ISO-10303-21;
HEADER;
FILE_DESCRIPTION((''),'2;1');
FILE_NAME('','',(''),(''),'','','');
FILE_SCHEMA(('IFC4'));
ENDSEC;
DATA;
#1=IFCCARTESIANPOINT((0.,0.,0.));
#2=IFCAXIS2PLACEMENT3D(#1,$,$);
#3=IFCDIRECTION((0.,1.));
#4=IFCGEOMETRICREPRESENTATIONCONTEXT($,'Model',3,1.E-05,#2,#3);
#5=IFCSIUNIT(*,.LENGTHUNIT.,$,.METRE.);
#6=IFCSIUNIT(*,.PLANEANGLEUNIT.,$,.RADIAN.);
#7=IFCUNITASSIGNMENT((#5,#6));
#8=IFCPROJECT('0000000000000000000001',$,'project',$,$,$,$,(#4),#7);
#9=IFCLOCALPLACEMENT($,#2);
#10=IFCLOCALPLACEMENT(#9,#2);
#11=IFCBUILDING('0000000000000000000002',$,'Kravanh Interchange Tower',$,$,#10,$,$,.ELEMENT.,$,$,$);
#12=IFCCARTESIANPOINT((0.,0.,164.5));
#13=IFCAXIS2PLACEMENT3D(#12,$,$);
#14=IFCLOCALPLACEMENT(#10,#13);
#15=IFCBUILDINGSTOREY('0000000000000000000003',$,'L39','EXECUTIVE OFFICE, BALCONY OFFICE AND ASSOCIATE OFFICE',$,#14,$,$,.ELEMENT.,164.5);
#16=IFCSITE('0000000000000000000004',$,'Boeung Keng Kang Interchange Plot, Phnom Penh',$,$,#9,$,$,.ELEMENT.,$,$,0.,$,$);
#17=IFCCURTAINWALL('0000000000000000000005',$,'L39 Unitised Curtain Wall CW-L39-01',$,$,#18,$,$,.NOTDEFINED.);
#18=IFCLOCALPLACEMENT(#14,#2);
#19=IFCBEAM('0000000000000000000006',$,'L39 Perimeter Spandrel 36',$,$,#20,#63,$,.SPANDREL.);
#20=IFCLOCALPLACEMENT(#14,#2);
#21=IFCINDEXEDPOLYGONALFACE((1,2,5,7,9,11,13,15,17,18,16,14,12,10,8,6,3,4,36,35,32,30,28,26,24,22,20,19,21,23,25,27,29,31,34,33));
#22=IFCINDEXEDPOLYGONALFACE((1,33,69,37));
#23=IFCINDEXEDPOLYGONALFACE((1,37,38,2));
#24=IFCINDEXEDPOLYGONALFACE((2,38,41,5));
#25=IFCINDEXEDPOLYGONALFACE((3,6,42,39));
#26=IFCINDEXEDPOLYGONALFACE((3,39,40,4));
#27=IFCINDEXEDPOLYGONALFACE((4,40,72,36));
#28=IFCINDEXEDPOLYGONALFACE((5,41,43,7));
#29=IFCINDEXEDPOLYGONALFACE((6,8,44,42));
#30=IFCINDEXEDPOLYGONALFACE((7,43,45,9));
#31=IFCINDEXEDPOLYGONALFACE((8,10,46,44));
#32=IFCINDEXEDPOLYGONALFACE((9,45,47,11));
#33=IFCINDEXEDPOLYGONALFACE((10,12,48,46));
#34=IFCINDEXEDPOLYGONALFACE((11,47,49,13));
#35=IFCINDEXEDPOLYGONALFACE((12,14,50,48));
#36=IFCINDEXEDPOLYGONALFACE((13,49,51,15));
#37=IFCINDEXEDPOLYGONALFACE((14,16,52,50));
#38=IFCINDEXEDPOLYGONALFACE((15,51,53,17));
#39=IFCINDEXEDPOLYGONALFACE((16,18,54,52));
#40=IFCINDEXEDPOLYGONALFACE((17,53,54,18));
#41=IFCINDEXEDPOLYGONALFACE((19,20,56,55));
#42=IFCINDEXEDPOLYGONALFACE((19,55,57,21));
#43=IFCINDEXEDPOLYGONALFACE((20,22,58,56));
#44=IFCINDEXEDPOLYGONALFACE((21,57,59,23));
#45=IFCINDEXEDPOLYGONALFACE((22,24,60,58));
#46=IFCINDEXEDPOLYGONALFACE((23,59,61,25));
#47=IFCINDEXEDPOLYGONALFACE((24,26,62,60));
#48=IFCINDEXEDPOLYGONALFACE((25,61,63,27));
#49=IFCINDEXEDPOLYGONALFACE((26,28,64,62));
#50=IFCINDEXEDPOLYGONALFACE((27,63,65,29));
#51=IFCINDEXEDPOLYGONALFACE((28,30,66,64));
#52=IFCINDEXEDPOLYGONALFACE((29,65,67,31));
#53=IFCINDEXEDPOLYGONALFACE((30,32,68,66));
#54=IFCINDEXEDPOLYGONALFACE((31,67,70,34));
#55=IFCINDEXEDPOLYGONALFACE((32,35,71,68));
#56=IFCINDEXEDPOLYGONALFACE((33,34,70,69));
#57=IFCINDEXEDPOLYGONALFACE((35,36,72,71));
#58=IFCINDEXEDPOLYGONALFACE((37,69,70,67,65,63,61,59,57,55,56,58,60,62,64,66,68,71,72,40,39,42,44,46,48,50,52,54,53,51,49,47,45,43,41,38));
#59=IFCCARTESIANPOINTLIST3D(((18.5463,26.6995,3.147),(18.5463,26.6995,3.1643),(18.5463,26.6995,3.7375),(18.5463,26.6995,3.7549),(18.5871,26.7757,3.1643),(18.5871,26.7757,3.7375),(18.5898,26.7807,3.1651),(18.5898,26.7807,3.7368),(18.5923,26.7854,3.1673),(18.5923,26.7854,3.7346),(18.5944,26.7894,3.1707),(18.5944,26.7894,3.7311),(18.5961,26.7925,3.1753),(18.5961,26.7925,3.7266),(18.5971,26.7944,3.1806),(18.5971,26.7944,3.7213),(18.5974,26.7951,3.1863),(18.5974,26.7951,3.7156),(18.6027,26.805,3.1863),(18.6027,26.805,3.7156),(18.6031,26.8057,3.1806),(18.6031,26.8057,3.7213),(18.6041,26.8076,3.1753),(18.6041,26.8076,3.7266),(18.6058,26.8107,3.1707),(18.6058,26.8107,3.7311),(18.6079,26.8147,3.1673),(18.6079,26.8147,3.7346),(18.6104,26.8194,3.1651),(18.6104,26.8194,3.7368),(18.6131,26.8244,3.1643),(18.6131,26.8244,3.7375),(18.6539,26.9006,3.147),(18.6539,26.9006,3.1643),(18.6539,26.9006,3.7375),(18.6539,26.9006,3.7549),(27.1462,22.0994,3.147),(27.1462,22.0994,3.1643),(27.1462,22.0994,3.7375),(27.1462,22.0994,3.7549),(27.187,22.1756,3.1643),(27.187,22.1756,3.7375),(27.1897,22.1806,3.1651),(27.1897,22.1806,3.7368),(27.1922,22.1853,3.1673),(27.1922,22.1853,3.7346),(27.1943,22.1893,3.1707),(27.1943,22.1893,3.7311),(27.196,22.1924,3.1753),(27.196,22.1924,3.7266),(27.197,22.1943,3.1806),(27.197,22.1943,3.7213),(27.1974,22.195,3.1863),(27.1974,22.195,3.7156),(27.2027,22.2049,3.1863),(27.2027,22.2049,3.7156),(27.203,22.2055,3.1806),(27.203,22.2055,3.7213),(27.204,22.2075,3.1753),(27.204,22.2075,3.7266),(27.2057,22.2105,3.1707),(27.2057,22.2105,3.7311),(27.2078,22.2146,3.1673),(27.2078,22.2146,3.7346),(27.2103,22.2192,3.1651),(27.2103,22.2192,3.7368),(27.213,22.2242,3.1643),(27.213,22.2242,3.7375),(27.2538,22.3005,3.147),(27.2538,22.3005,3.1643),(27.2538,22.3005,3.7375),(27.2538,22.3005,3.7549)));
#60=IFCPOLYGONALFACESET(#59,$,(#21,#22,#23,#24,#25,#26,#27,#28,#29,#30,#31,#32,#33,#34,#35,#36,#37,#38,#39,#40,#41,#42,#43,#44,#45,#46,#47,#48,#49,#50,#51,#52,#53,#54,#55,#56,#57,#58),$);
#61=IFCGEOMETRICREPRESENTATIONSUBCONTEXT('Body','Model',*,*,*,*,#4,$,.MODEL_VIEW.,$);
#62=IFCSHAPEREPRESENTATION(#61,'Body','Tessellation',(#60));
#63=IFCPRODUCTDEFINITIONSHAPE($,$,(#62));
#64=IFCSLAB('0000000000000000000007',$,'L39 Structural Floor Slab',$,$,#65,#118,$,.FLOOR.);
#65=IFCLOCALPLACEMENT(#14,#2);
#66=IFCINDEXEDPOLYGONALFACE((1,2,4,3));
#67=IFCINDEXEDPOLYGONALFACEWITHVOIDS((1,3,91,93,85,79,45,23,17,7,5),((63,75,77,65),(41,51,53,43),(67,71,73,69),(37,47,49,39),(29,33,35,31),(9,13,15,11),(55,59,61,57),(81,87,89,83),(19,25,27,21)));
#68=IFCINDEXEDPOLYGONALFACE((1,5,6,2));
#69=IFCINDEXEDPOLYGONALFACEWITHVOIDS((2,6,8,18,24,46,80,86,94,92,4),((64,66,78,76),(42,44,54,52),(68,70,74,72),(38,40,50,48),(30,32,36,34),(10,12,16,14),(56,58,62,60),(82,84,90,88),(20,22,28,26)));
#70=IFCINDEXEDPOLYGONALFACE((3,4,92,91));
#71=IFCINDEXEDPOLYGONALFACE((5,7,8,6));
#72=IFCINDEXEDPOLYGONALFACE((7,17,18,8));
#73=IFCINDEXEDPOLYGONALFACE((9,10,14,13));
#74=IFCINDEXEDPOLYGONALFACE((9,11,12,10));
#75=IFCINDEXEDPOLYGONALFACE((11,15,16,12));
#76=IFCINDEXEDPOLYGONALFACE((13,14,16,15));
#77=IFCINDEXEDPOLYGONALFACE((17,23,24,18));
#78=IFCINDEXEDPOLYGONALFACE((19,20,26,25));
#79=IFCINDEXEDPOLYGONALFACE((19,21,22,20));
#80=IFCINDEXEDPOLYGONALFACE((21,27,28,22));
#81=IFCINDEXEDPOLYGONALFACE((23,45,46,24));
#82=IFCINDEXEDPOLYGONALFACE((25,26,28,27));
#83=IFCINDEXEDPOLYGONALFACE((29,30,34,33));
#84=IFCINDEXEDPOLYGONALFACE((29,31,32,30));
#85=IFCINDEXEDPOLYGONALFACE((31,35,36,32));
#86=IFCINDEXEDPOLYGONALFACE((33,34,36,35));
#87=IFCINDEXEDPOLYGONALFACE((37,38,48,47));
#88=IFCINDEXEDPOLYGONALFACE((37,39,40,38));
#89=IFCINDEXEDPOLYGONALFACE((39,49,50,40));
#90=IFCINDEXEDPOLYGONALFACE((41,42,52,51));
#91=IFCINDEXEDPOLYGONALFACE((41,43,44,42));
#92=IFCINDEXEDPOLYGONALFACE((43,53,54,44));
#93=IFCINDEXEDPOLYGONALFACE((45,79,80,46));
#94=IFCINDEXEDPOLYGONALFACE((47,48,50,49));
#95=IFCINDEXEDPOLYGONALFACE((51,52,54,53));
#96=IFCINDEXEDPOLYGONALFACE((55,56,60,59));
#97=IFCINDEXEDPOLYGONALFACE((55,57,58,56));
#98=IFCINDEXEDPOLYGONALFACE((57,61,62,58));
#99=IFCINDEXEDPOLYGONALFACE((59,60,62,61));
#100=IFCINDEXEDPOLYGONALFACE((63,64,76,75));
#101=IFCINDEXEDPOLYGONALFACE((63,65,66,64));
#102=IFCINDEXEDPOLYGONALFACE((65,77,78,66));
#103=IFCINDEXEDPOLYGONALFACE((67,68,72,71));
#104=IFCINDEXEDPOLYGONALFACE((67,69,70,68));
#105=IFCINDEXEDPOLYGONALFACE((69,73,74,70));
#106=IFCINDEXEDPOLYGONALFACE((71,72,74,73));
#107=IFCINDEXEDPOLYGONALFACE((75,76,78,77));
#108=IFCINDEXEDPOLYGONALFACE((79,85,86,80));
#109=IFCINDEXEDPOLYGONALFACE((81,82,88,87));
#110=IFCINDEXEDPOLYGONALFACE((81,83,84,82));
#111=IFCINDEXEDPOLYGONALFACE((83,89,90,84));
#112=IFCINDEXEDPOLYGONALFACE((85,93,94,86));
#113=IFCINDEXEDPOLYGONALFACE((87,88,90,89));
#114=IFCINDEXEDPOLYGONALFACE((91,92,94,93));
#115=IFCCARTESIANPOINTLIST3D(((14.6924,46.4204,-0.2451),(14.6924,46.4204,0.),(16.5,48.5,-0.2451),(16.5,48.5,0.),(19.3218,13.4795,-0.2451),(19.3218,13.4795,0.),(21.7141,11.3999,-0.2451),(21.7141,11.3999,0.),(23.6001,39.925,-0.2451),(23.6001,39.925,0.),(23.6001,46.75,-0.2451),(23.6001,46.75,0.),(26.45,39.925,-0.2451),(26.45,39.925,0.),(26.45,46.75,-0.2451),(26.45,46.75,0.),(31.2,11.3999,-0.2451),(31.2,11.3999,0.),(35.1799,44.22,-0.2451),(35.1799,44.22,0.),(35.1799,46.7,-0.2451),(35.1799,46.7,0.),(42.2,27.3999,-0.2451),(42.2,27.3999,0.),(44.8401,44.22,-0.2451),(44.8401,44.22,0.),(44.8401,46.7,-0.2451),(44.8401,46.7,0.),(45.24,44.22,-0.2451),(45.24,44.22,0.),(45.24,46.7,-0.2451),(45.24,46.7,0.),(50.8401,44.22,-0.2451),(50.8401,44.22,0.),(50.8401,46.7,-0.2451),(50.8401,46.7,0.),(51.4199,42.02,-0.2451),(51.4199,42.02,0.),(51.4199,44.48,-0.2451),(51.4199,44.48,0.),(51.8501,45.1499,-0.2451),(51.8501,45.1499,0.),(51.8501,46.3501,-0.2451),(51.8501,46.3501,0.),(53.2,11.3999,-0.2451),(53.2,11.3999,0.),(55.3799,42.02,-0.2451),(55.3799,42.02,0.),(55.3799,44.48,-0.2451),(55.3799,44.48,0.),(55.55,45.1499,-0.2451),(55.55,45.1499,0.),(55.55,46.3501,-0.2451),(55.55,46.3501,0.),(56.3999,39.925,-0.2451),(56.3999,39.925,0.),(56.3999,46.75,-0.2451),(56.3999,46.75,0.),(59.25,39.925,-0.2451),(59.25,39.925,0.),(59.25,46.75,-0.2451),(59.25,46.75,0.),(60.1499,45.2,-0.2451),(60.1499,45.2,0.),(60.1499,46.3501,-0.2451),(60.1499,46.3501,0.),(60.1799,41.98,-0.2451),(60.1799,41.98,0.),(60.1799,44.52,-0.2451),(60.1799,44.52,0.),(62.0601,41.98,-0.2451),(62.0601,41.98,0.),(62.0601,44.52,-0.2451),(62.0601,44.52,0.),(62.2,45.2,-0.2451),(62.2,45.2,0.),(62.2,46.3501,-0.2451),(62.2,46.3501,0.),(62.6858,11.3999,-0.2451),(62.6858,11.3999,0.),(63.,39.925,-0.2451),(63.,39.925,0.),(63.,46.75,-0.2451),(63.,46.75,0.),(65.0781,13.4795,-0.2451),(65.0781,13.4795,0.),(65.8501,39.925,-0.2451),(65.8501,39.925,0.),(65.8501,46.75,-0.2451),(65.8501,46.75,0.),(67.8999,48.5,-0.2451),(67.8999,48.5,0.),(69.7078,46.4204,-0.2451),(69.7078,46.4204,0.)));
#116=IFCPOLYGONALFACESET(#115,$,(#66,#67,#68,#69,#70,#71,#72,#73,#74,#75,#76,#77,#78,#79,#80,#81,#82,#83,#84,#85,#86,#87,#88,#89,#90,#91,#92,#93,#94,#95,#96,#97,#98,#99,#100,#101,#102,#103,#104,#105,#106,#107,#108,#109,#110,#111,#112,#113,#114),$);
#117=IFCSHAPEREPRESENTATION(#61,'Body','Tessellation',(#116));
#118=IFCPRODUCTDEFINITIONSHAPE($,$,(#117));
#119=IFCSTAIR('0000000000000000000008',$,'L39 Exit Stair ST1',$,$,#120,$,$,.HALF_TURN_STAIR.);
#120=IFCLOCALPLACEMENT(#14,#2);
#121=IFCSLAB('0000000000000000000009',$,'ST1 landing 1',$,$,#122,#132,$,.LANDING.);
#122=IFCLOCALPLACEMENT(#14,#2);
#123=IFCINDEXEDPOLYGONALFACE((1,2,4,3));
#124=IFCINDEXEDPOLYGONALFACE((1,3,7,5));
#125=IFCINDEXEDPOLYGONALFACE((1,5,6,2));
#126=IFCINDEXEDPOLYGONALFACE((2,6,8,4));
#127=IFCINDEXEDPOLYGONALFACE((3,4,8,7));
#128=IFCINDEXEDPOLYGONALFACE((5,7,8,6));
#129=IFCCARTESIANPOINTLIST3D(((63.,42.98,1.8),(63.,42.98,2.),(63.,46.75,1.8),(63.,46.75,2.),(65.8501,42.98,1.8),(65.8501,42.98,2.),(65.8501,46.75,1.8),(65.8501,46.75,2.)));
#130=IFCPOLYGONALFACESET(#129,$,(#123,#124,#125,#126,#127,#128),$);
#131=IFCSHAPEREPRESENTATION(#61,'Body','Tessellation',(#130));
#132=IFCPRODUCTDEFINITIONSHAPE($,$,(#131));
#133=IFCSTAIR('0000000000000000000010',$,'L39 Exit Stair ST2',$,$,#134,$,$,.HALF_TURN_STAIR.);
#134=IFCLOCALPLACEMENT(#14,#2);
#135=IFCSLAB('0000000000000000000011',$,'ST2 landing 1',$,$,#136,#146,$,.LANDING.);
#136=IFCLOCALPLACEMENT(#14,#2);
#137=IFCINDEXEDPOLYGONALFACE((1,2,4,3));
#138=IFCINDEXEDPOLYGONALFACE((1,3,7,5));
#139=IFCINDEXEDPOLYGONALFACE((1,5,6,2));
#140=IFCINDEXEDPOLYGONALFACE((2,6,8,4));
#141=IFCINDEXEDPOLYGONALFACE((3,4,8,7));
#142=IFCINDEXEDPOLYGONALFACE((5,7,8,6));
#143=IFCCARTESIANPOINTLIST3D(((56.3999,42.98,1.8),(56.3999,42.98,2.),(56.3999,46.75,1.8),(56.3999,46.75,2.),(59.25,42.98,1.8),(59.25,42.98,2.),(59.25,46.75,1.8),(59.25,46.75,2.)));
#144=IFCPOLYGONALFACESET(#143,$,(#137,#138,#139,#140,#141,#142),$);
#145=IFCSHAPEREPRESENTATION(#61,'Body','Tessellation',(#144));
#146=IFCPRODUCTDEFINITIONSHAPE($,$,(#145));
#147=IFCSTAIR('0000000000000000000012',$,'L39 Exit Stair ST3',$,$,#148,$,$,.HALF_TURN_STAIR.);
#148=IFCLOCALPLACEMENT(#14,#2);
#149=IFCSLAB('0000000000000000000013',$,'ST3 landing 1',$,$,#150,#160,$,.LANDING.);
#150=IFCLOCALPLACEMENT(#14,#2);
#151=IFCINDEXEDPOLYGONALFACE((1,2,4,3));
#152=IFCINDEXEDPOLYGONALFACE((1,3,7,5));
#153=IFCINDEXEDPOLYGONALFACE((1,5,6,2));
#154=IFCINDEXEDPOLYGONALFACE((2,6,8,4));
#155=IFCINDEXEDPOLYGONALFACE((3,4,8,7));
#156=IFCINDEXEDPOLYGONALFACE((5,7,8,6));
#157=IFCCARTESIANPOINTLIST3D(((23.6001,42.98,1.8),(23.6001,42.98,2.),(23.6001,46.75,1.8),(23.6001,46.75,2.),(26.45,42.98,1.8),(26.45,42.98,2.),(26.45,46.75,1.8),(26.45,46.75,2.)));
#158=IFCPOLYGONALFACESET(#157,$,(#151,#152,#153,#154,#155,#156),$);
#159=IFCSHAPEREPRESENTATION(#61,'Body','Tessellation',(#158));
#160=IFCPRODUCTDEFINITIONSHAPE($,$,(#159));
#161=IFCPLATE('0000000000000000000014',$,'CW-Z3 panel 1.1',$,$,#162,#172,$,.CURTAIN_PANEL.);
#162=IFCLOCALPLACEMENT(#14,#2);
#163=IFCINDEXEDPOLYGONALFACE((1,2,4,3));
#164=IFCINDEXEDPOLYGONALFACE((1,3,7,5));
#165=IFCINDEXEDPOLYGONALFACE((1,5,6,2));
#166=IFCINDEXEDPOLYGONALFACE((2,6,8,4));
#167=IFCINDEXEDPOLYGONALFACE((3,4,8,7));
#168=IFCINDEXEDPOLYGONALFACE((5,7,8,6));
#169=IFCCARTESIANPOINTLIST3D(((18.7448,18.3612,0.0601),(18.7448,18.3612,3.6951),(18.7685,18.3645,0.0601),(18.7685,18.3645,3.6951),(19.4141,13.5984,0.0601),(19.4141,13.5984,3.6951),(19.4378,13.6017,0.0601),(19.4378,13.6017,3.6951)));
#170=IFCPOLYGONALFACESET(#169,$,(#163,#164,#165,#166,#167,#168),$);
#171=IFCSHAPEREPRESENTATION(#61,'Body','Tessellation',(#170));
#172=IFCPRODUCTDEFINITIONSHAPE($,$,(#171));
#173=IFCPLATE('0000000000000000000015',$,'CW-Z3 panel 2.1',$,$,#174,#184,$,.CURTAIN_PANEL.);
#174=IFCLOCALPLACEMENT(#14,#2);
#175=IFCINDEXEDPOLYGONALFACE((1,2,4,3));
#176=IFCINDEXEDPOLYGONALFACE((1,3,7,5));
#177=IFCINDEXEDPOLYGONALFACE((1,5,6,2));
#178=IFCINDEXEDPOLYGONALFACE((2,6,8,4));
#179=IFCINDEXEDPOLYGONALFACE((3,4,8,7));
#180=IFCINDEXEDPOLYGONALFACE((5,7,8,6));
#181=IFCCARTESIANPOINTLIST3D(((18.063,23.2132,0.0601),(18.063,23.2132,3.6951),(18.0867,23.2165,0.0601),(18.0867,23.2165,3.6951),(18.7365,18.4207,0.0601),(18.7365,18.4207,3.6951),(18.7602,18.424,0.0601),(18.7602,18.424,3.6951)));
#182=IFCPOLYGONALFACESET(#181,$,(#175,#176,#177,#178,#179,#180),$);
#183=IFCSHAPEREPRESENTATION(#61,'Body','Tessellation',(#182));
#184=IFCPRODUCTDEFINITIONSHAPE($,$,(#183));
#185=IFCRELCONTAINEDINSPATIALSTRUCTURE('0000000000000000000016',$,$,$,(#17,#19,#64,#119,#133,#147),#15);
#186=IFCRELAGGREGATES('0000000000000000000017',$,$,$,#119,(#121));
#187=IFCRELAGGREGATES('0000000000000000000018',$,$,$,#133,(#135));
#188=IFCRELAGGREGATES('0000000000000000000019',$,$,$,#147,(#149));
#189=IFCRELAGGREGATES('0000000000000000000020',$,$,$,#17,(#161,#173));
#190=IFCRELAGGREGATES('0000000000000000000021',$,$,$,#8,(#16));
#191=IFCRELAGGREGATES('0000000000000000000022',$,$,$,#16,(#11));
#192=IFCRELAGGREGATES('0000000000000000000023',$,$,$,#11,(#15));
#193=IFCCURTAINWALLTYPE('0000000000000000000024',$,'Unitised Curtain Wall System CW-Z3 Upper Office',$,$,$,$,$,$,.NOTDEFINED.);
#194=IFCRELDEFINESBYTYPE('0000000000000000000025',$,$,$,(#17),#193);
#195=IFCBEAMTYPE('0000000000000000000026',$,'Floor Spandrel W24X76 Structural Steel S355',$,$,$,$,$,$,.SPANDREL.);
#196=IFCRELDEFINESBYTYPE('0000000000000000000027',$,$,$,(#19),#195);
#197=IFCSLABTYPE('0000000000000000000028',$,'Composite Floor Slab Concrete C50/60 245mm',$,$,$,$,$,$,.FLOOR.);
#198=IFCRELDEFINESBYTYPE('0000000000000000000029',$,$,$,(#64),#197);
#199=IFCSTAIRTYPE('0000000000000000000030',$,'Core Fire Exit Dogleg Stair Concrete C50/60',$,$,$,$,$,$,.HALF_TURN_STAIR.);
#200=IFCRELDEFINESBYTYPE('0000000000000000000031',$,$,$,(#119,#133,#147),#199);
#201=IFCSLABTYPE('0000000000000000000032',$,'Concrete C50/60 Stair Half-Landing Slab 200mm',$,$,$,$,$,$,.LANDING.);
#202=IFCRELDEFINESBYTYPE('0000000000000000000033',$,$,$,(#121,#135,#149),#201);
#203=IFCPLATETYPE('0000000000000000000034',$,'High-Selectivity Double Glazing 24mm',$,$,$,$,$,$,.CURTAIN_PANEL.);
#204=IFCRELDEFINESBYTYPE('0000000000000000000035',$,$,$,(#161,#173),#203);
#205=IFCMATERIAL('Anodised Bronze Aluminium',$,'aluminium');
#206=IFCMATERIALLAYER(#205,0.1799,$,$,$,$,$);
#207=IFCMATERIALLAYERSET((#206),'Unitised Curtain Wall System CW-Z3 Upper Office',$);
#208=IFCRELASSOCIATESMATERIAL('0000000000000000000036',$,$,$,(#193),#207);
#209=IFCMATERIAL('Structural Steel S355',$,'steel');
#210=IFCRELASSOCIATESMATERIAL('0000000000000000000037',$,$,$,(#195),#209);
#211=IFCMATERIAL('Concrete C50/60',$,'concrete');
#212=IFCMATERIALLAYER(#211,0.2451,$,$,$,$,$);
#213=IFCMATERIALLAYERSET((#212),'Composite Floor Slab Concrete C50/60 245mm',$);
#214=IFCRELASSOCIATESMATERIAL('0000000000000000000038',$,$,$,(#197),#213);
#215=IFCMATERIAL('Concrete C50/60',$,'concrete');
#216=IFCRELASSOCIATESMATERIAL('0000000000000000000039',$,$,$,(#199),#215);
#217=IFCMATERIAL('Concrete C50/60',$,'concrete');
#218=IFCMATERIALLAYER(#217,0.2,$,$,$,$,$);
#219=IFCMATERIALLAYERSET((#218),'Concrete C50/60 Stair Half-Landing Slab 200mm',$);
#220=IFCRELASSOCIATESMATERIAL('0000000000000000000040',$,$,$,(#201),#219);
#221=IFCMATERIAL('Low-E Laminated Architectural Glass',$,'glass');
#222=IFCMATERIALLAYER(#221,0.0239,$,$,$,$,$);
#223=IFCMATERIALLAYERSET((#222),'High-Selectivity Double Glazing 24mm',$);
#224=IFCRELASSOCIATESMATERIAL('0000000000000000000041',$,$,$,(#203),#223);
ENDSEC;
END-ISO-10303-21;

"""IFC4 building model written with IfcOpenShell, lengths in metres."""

from ifc_helpers import new_model, si_unit, direction, frame, origin, origin_2d, place, context, subcontext, project, spatial, polyline, rectangle, i_section, outline, extrude, material, layer, layer_set, material_profile, profile_set, type_object, element, aggregate, save


model = new_model("IFC4")

# Units and contexts
model_context = context("Model", 3, precision=1e-05, world=origin(), true_north=direction((0.0, 1.0)))
body_context = subcontext(model_context, "Body", "Model", "MODEL_VIEW")
ifc_project = project(units=[si_unit("LENGTHUNIT", "METRE"), si_unit("PLANEANGLEUNIT", "RADIAN")], contexts=[model_context])

# Site, building, storey
site_placement = place(None, origin())
site = spatial("IfcSite", under=ifc_project, at=site_placement, Name="Boeung Keng Kang Interchange Plot, Phnom Penh", CompositionType="ELEMENT", RefElevation=0.0)
building_placement = place(site_placement, origin())
building = spatial("IfcBuilding", under=site, at=building_placement, Name="Kravanh Interchange Tower", CompositionType="ELEMENT")
storey_placement = place(building_placement, frame((0.0, 0.0, 164.5)))
storey = spatial("IfcBuildingStorey", under=building, at=storey_placement, Name="L39", Description="EXECUTIVE OFFICE, BALCONY OFFICE AND ASSOCIATE OFFICE", CompositionType="ELEMENT", Elevation=164.5)

# Curtain wall
ifc_material_1 = material(Name="Anodised Bronze Aluminium", Category="aluminium")
ifc_layer_1 = layer(ifc_material_1, 0.1799)
ifc_layer_set_1 = layer_set([ifc_layer_1], Name="Unitised Curtain Wall System CW-Z3 Upper Office")
curtain_wall_type = type_object("IfcCurtainWallType", Name="Unitised Curtain Wall System CW-Z3 Upper Office", PredefinedType="NOTDEFINED", material=ifc_layer_set_1)
curtain_wall_1_placement = place(storey_placement, origin())
curtain_wall_1 = element("IfcCurtainWall", 1, at=curtain_wall_1_placement, inside=storey, type_object=curtain_wall_type, Name="L39 Unitised Curtain Wall CW-L39-01", PredefinedType="NOTDEFINED")

# Beam
ifc_material_2 = material(Name="Structural Steel S355", Category="steel")
ifc_material_profile_1 = material_profile(ifc_material_2, i_section(OverallWidth=0.228, OverallDepth=0.6079, WebThickness=0.0112, FlangeThickness=0.0173, FilletRadius=0.022, at=origin_2d()), Name="W24X76")
ifc_profile_set_1 = profile_set([ifc_material_profile_1], Name="Structural Steel S355")
beam_type_1 = type_object("IfcBeamType", Name="Floor Spandrel W24X76 Structural Steel S355", PredefinedType="SPANDREL", material=ifc_profile_set_1)
beam_1_placement = place(storey_placement, frame((18.6001, 26.8, 3.4509), z_axis=(0.881777, -0.471666, 0.0), x_axis=(0.471666, 0.881777, 0.0)))
element("IfcBeam", 2, at=beam_1_placement, inside=storey, type_object=beam_type_1, Name="L39 Perimeter Spandrel 36", PredefinedType="SPANDREL", context=body_context, shape_type="SweptSolid", body=[
    extrude(i_section(OverallWidth=0.228, OverallDepth=0.6079, WebThickness=0.0112, FlangeThickness=0.0173, FilletRadius=0.022, at=origin_2d()), origin(), (0.0, 0.0, 1.0), 9.7529),
])

# Slab
ifc_material_3 = material(Name="Concrete C50/60", Category="concrete")
ifc_layer_2 = layer(ifc_material_3, 0.2451)
ifc_layer_set_2 = layer_set([ifc_layer_2], Name="Composite Floor Slab Concrete C50/60 245mm")
slab_type_1 = type_object("IfcSlabType", Name="Composite Floor Slab Concrete C50/60 245mm", PredefinedType="FLOOR", material=ifc_layer_set_2)
slab_1_placement = place(storey_placement, frame((0.0, 0.0, -0.2451)))
element("IfcSlab", 3, at=slab_1_placement, inside=storey, type_object=slab_type_1, Name="L39 Structural Floor Slab", PredefinedType="FLOOR", context=body_context, shape_type="SweptSolid", body=[
    extrude(outline(polyline([(19.3218, 13.4795), (21.7141, 11.3999), (31.2, 11.3999), (42.2, 27.3999), (53.2, 11.3999), (62.6858, 11.3999), (65.0781, 13.4795), (69.7078, 46.4204), (67.8999, 48.5), (16.5, 48.5), (14.6924, 46.4204), (19.3218, 13.4795)]), holes=[polyline([(65.8501, 39.925), (65.8501, 46.75), (63.0, 46.75), (63.0, 39.925), (65.8501, 39.925)]), polyline([(59.25, 39.925), (59.25, 46.75), (56.3999, 46.75), (56.3999, 39.925), (59.25, 39.925)]), polyline([(26.45, 39.925), (26.45, 46.75), (23.6001, 46.75), (23.6001, 39.925), (26.45, 39.925)]), polyline([(35.1799, 44.22), (44.8401, 44.22), (44.8401, 46.7), (35.1799, 46.7), (35.1799, 44.22)]), polyline([(45.24, 44.22), (50.8401, 44.22), (50.8401, 46.7), (45.24, 46.7), (45.24, 44.22)]), polyline([(51.4199, 42.02), (55.3799, 42.02), (55.3799, 44.48), (51.4199, 44.48), (51.4199, 42.02)]), polyline([(60.1799, 41.98), (62.0601, 41.98), (62.0601, 44.52), (60.1799, 44.52), (60.1799, 41.98)]), polyline([(60.1499, 45.2), (62.2, 45.2), (62.2, 46.3501), (60.1499, 46.3501), (60.1499, 45.2)]), polyline([(51.8501, 45.1499), (55.55, 45.1499), (55.55, 46.3501), (51.8501, 46.3501), (51.8501, 45.1499)])]), origin(), (0.0, 0.0, 1.0), 0.2451),
])

# Stairs, slabs
ifc_material_4 = material(Name="Concrete C50/60", Category="concrete")
stair_type = type_object("IfcStairType", Name="Core Fire Exit Dogleg Stair Concrete C50/60", PredefinedType="HALF_TURN_STAIR", material=ifc_material_4)
stair_1_placement = place(storey_placement, origin())
stair_1 = element("IfcStair", 4, at=stair_1_placement, inside=storey, type_object=stair_type, Name="L39 Exit Stair ST1", PredefinedType="HALF_TURN_STAIR")
ifc_material_5 = material(Name="Concrete C50/60", Category="concrete")
ifc_layer_3 = layer(ifc_material_5, 0.2)
ifc_layer_set_3 = layer_set([ifc_layer_3], Name="Concrete C50/60 Stair Half-Landing Slab 200mm")
slab_type_2 = type_object("IfcSlabType", Name="Concrete C50/60 Stair Half-Landing Slab 200mm", PredefinedType="LANDING", material=ifc_layer_set_3)
slab_2_placement = place(storey_placement, frame((0.0, 0.0, 1.8)))
slab_2 = element("IfcSlab", 5, at=slab_2_placement, type_object=slab_type_2, Name="ST1 landing 1", PredefinedType="LANDING", context=body_context, shape_type="SweptSolid", body=[
    extrude(outline(polyline([(65.8501, 42.98), (65.8501, 46.75), (63.0, 46.75), (63.0, 42.98), (65.8501, 42.98)])), origin(), (0.0, 0.0, 1.0), 0.2),
])
aggregate(stair_1, [slab_2])
stair_2_placement = place(storey_placement, origin())
stair_2 = element("IfcStair", 6, at=stair_2_placement, inside=storey, type_object=stair_type, Name="L39 Exit Stair ST2", PredefinedType="HALF_TURN_STAIR")
slab_3_placement = place(storey_placement, frame((0.0, 0.0, 1.8)))
slab_3 = element("IfcSlab", 7, at=slab_3_placement, type_object=slab_type_2, Name="ST2 landing 1", PredefinedType="LANDING", context=body_context, shape_type="SweptSolid", body=[
    extrude(outline(polyline([(59.25, 42.98), (59.25, 46.75), (56.3999, 46.75), (56.3999, 42.98), (59.25, 42.98)])), origin(), (0.0, 0.0, 1.0), 0.2),
])
aggregate(stair_2, [slab_3])
stair_3_placement = place(storey_placement, origin())
stair_3 = element("IfcStair", 8, at=stair_3_placement, inside=storey, type_object=stair_type, Name="L39 Exit Stair ST3", PredefinedType="HALF_TURN_STAIR")
slab_4_placement = place(storey_placement, frame((0.0, 0.0, 1.8)))
slab_4 = element("IfcSlab", 9, at=slab_4_placement, type_object=slab_type_2, Name="ST3 landing 1", PredefinedType="LANDING", context=body_context, shape_type="SweptSolid", body=[
    extrude(outline(polyline([(26.45, 42.98), (26.45, 46.75), (23.6001, 46.75), (23.6001, 42.98), (26.45, 42.98)])), origin(), (0.0, 0.0, 1.0), 0.2),
])
aggregate(stair_3, [slab_4])

# Plates
ifc_material_6 = material(Name="Low-E Laminated Architectural Glass", Category="glass")
ifc_layer_4 = layer(ifc_material_6, 0.0239)
ifc_layer_set_4 = layer_set([ifc_layer_4], Name="High-Selectivity Double Glazing 24mm")
plate_type = type_object("IfcPlateType", Name="High-Selectivity Double Glazing 24mm", PredefinedType="CURTAIN_PANEL", material=ifc_layer_set_4)
plate_1_placement = place(storey_placement, frame((19.0913, 15.9814, 0.0601), z_axis=(0.0, 0.0, 1.0), x_axis=(-0.139172, 0.990268, 0.0)))
plate_1 = element("IfcPlate", 10, at=plate_1_placement, type_object=plate_type, Name="CW-Z3 panel 1.1", PredefinedType="CURTAIN_PANEL", context=body_context, shape_type="SweptSolid", body=[
    extrude(rectangle(XDim=4.8096, YDim=0.0239, at=origin_2d()), origin(), (0.0, 0.0, 1.0), 3.635),
])
plate_2_placement = place(storey_placement, frame((18.4116, 20.8186, 0.0601), z_axis=(0.0, 0.0, 1.0), x_axis=(-0.139172, 0.990268, 0.0)))
plate_2 = element("IfcPlate", 11, at=plate_2_placement, type_object=plate_type, Name="CW-Z3 panel 2.1", PredefinedType="CURTAIN_PANEL", context=body_context, shape_type="SweptSolid", body=[
    extrude(rectangle(XDim=4.8396, YDim=0.0239, at=origin_2d()), origin(), (0.0, 0.0, 1.0), 3.635),
])
aggregate(curtain_wall_1, [plate_1, plate_2])

save(model, "model.ifc")
